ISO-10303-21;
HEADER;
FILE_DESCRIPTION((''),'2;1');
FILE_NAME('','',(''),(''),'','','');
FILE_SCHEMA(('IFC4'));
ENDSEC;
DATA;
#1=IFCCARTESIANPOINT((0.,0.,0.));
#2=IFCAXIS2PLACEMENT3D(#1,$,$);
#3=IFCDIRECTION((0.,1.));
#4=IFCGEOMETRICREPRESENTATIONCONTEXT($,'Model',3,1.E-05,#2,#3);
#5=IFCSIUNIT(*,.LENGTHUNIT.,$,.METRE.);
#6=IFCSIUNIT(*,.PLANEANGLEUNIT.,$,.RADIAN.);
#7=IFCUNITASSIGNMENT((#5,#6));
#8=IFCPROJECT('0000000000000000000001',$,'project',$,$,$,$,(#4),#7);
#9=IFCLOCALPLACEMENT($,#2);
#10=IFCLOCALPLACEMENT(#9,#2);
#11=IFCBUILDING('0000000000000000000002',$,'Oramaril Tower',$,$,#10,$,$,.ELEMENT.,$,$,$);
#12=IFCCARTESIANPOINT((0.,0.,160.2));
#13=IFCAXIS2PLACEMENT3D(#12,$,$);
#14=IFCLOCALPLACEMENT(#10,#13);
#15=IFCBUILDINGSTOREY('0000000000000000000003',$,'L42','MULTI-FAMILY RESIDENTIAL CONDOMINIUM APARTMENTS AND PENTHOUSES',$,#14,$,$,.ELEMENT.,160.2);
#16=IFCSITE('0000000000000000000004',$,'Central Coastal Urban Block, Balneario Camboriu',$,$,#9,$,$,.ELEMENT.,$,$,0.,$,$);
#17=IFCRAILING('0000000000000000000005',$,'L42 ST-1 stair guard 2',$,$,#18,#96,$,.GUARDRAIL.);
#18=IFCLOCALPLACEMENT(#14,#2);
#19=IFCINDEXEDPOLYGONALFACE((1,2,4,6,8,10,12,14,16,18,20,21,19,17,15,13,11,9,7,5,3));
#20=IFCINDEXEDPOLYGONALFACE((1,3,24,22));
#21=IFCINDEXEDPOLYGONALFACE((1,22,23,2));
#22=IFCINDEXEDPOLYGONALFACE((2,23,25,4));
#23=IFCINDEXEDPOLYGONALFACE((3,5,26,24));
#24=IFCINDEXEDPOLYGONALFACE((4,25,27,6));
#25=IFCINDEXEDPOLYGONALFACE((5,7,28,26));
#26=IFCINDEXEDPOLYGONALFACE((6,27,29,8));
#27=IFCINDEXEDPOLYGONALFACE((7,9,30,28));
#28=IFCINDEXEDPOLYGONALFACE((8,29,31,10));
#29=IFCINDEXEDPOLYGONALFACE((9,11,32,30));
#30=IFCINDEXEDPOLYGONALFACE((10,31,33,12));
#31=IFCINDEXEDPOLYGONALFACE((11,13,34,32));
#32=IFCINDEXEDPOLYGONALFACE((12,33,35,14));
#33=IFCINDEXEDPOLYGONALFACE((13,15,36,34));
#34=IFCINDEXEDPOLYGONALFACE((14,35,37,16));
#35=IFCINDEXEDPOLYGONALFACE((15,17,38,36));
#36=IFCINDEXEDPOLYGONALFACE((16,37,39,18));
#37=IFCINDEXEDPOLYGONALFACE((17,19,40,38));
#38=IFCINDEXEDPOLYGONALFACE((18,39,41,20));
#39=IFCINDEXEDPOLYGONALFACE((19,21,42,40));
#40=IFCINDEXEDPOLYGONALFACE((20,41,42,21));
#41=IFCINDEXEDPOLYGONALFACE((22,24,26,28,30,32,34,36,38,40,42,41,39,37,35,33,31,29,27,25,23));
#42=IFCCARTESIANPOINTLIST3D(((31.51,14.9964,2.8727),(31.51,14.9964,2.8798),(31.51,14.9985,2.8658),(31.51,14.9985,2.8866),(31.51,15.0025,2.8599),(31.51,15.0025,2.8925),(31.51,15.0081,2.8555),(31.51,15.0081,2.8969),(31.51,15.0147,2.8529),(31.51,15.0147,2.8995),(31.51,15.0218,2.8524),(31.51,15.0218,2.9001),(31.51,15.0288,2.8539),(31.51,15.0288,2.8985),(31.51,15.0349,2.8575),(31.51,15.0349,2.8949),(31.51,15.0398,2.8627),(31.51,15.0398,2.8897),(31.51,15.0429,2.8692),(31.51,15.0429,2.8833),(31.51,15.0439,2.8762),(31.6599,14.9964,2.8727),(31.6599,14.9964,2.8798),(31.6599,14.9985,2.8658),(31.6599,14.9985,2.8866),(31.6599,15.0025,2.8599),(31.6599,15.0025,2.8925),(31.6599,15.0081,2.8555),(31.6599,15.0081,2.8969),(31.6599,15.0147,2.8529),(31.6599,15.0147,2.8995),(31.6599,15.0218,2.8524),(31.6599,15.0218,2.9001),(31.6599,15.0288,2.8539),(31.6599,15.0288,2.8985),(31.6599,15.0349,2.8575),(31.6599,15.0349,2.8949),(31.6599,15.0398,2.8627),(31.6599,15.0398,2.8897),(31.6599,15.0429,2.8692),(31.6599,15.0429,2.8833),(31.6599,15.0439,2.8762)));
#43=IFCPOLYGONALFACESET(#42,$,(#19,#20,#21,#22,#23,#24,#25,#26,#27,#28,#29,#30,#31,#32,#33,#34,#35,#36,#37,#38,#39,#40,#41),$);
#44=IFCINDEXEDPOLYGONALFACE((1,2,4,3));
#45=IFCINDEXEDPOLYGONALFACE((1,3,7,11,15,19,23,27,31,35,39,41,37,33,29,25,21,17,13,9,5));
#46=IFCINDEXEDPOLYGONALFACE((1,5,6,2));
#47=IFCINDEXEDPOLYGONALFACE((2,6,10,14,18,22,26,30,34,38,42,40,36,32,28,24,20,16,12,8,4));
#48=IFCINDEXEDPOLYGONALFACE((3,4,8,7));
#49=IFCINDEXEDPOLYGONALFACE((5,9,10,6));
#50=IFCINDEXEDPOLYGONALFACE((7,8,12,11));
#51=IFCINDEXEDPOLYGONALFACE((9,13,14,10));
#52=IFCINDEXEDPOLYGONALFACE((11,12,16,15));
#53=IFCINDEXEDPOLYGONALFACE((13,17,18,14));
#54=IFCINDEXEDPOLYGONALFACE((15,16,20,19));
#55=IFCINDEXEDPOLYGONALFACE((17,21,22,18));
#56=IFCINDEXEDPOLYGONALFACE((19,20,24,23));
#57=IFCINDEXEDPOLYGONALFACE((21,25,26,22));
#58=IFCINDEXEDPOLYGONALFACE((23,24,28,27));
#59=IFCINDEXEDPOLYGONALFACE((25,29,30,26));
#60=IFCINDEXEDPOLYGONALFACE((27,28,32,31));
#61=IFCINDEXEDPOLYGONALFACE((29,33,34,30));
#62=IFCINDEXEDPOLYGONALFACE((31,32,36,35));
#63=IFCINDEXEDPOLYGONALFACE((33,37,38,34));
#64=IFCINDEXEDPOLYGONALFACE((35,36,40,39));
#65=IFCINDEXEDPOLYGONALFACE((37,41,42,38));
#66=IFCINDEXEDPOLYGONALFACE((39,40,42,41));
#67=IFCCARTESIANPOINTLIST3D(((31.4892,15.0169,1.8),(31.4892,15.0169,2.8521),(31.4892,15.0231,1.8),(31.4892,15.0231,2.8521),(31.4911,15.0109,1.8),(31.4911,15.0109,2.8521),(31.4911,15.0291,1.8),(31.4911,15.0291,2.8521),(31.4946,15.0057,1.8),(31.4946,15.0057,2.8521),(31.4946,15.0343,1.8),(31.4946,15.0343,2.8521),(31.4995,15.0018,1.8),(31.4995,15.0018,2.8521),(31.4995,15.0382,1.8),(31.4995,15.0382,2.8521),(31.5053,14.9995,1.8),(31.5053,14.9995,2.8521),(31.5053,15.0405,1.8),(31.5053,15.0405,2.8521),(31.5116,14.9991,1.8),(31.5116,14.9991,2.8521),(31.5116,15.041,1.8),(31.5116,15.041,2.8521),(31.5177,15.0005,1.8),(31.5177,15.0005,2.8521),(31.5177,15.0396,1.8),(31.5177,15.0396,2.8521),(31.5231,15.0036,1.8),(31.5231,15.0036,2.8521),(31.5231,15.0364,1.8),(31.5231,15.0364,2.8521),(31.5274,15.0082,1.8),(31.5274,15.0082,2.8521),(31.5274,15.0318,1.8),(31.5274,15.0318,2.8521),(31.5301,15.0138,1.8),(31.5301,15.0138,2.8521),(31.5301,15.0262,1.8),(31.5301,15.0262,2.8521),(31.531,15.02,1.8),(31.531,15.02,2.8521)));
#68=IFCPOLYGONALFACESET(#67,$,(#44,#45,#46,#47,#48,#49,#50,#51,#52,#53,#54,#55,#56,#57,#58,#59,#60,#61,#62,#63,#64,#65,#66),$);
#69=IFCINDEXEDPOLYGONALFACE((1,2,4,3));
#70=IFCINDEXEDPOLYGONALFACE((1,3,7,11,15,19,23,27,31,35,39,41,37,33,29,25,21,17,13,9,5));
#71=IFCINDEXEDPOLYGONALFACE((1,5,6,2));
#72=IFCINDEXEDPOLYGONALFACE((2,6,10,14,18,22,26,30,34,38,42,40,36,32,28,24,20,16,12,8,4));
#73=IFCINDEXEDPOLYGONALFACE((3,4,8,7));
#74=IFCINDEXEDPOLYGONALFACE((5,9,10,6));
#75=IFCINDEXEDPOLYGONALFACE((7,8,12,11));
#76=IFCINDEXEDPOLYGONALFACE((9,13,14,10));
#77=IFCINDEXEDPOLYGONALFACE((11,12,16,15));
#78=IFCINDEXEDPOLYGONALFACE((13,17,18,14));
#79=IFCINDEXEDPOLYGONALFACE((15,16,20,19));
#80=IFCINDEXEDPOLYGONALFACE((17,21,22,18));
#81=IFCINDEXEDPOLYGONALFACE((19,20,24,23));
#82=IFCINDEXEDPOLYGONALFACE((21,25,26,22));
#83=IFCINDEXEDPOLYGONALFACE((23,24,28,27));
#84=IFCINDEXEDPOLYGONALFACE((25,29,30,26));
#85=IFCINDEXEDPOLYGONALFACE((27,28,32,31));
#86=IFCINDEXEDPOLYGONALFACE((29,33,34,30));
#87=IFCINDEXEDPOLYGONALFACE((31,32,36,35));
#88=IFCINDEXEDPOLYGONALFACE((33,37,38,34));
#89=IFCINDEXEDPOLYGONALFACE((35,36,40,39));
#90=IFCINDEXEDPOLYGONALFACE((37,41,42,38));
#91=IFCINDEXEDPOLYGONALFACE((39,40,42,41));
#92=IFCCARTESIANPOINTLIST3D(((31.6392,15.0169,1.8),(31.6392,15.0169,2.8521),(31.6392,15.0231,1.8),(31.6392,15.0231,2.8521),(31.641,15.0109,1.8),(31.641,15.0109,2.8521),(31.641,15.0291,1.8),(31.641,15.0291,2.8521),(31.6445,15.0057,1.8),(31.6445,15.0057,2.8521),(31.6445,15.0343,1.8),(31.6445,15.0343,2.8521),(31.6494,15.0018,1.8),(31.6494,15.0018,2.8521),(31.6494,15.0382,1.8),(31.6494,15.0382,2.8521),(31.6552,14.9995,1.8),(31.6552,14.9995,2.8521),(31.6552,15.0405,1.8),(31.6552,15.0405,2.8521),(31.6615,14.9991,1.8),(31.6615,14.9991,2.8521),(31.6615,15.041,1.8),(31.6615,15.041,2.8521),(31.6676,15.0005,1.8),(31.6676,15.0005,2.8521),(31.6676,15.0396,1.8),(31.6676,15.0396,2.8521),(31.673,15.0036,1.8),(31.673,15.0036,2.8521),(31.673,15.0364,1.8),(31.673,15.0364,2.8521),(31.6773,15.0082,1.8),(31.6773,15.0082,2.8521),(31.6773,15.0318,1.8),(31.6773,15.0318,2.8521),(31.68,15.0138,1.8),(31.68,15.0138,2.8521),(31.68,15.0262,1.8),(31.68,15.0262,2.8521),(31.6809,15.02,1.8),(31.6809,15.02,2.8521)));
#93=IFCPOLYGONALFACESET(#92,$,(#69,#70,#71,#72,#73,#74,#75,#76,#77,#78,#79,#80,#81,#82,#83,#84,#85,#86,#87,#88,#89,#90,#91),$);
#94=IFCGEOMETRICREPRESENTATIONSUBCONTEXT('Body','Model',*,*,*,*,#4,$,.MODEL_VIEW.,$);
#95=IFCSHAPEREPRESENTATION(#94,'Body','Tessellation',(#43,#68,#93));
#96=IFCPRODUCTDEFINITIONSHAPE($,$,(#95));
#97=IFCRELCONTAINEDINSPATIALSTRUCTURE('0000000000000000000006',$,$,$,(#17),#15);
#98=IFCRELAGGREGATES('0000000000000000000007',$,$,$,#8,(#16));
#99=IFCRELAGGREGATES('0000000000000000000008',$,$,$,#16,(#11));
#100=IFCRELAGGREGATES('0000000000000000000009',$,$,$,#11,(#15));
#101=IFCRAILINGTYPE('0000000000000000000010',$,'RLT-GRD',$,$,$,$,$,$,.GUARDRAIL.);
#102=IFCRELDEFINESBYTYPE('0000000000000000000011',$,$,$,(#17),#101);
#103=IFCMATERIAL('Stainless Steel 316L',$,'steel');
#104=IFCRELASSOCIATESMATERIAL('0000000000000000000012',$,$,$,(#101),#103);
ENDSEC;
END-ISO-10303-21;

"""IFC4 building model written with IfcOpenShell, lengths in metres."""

from ifc_helpers import new_model, si_unit, direction, frame, origin, origin_2d, place, context, subcontext, project, spatial, circle, extrude, material, type_object, element, save


model = new_model("IFC4")

# Units and contexts
model_context = context("Model", 3, precision=1e-05, world=origin(), true_north=direction((0.0, 1.0)))
body_context = subcontext(model_context, "Body", "Model", "MODEL_VIEW")
ifc_project = project(units=[si_unit("LENGTHUNIT", "METRE"), si_unit("PLANEANGLEUNIT", "RADIAN")], contexts=[model_context])

# Site, building, storey
site_placement = place(None, origin())
site = spatial("IfcSite", under=ifc_project, at=site_placement, Name="Central Coastal Urban Block, Balneario Camboriu", CompositionType="ELEMENT", RefElevation=0.0)
building_placement = place(site_placement, origin())
building = spatial("IfcBuilding", under=site, at=building_placement, Name="Oramaril Tower", CompositionType="ELEMENT")
storey_placement = place(building_placement, frame((0.0, 0.0, 160.2)))
storey = spatial("IfcBuildingStorey", under=building, at=storey_placement, Name="L42", Description="MULTI-FAMILY RESIDENTIAL CONDOMINIUM APARTMENTS AND PENTHOUSES", CompositionType="ELEMENT", Elevation=160.2)

# Railing
ifc_material_1 = material(Name="Stainless Steel 316L", Category="steel")
railing_type_1 = type_object("IfcRailingType", Name="RLT-GRD", PredefinedType="GUARDRAIL", material=ifc_material_1)
railing_1_placement = place(storey_placement, frame((31.51, 15.02, 1.8)))
element("IfcRailing", 1, at=railing_1_placement, inside=storey, type_object=railing_type_1, Name="L42 ST-1 stair guard 2", PredefinedType="GUARDRAIL", context=body_context, shape_type="SweptSolid", body=[
    extrude(circle(Radius=0.0239, at=origin_2d()), frame((0.0, 0.0, 1.0762), z_axis=(1.0, 0.0, 0.0), x_axis=(0.0, 1.0, 0.0)), (0.0, 0.0, 1.0), 0.1499),
    extrude(circle(Radius=0.021, at=origin_2d()), origin(), (0.0, 0.0, 1.0), 1.052),
    extrude(circle(Radius=0.021, at=origin_2d()), frame((0.1499, 0.0, 0.0)), (0.0, 0.0, 1.0), 1.052),
])

save(model, "model.ifc")
